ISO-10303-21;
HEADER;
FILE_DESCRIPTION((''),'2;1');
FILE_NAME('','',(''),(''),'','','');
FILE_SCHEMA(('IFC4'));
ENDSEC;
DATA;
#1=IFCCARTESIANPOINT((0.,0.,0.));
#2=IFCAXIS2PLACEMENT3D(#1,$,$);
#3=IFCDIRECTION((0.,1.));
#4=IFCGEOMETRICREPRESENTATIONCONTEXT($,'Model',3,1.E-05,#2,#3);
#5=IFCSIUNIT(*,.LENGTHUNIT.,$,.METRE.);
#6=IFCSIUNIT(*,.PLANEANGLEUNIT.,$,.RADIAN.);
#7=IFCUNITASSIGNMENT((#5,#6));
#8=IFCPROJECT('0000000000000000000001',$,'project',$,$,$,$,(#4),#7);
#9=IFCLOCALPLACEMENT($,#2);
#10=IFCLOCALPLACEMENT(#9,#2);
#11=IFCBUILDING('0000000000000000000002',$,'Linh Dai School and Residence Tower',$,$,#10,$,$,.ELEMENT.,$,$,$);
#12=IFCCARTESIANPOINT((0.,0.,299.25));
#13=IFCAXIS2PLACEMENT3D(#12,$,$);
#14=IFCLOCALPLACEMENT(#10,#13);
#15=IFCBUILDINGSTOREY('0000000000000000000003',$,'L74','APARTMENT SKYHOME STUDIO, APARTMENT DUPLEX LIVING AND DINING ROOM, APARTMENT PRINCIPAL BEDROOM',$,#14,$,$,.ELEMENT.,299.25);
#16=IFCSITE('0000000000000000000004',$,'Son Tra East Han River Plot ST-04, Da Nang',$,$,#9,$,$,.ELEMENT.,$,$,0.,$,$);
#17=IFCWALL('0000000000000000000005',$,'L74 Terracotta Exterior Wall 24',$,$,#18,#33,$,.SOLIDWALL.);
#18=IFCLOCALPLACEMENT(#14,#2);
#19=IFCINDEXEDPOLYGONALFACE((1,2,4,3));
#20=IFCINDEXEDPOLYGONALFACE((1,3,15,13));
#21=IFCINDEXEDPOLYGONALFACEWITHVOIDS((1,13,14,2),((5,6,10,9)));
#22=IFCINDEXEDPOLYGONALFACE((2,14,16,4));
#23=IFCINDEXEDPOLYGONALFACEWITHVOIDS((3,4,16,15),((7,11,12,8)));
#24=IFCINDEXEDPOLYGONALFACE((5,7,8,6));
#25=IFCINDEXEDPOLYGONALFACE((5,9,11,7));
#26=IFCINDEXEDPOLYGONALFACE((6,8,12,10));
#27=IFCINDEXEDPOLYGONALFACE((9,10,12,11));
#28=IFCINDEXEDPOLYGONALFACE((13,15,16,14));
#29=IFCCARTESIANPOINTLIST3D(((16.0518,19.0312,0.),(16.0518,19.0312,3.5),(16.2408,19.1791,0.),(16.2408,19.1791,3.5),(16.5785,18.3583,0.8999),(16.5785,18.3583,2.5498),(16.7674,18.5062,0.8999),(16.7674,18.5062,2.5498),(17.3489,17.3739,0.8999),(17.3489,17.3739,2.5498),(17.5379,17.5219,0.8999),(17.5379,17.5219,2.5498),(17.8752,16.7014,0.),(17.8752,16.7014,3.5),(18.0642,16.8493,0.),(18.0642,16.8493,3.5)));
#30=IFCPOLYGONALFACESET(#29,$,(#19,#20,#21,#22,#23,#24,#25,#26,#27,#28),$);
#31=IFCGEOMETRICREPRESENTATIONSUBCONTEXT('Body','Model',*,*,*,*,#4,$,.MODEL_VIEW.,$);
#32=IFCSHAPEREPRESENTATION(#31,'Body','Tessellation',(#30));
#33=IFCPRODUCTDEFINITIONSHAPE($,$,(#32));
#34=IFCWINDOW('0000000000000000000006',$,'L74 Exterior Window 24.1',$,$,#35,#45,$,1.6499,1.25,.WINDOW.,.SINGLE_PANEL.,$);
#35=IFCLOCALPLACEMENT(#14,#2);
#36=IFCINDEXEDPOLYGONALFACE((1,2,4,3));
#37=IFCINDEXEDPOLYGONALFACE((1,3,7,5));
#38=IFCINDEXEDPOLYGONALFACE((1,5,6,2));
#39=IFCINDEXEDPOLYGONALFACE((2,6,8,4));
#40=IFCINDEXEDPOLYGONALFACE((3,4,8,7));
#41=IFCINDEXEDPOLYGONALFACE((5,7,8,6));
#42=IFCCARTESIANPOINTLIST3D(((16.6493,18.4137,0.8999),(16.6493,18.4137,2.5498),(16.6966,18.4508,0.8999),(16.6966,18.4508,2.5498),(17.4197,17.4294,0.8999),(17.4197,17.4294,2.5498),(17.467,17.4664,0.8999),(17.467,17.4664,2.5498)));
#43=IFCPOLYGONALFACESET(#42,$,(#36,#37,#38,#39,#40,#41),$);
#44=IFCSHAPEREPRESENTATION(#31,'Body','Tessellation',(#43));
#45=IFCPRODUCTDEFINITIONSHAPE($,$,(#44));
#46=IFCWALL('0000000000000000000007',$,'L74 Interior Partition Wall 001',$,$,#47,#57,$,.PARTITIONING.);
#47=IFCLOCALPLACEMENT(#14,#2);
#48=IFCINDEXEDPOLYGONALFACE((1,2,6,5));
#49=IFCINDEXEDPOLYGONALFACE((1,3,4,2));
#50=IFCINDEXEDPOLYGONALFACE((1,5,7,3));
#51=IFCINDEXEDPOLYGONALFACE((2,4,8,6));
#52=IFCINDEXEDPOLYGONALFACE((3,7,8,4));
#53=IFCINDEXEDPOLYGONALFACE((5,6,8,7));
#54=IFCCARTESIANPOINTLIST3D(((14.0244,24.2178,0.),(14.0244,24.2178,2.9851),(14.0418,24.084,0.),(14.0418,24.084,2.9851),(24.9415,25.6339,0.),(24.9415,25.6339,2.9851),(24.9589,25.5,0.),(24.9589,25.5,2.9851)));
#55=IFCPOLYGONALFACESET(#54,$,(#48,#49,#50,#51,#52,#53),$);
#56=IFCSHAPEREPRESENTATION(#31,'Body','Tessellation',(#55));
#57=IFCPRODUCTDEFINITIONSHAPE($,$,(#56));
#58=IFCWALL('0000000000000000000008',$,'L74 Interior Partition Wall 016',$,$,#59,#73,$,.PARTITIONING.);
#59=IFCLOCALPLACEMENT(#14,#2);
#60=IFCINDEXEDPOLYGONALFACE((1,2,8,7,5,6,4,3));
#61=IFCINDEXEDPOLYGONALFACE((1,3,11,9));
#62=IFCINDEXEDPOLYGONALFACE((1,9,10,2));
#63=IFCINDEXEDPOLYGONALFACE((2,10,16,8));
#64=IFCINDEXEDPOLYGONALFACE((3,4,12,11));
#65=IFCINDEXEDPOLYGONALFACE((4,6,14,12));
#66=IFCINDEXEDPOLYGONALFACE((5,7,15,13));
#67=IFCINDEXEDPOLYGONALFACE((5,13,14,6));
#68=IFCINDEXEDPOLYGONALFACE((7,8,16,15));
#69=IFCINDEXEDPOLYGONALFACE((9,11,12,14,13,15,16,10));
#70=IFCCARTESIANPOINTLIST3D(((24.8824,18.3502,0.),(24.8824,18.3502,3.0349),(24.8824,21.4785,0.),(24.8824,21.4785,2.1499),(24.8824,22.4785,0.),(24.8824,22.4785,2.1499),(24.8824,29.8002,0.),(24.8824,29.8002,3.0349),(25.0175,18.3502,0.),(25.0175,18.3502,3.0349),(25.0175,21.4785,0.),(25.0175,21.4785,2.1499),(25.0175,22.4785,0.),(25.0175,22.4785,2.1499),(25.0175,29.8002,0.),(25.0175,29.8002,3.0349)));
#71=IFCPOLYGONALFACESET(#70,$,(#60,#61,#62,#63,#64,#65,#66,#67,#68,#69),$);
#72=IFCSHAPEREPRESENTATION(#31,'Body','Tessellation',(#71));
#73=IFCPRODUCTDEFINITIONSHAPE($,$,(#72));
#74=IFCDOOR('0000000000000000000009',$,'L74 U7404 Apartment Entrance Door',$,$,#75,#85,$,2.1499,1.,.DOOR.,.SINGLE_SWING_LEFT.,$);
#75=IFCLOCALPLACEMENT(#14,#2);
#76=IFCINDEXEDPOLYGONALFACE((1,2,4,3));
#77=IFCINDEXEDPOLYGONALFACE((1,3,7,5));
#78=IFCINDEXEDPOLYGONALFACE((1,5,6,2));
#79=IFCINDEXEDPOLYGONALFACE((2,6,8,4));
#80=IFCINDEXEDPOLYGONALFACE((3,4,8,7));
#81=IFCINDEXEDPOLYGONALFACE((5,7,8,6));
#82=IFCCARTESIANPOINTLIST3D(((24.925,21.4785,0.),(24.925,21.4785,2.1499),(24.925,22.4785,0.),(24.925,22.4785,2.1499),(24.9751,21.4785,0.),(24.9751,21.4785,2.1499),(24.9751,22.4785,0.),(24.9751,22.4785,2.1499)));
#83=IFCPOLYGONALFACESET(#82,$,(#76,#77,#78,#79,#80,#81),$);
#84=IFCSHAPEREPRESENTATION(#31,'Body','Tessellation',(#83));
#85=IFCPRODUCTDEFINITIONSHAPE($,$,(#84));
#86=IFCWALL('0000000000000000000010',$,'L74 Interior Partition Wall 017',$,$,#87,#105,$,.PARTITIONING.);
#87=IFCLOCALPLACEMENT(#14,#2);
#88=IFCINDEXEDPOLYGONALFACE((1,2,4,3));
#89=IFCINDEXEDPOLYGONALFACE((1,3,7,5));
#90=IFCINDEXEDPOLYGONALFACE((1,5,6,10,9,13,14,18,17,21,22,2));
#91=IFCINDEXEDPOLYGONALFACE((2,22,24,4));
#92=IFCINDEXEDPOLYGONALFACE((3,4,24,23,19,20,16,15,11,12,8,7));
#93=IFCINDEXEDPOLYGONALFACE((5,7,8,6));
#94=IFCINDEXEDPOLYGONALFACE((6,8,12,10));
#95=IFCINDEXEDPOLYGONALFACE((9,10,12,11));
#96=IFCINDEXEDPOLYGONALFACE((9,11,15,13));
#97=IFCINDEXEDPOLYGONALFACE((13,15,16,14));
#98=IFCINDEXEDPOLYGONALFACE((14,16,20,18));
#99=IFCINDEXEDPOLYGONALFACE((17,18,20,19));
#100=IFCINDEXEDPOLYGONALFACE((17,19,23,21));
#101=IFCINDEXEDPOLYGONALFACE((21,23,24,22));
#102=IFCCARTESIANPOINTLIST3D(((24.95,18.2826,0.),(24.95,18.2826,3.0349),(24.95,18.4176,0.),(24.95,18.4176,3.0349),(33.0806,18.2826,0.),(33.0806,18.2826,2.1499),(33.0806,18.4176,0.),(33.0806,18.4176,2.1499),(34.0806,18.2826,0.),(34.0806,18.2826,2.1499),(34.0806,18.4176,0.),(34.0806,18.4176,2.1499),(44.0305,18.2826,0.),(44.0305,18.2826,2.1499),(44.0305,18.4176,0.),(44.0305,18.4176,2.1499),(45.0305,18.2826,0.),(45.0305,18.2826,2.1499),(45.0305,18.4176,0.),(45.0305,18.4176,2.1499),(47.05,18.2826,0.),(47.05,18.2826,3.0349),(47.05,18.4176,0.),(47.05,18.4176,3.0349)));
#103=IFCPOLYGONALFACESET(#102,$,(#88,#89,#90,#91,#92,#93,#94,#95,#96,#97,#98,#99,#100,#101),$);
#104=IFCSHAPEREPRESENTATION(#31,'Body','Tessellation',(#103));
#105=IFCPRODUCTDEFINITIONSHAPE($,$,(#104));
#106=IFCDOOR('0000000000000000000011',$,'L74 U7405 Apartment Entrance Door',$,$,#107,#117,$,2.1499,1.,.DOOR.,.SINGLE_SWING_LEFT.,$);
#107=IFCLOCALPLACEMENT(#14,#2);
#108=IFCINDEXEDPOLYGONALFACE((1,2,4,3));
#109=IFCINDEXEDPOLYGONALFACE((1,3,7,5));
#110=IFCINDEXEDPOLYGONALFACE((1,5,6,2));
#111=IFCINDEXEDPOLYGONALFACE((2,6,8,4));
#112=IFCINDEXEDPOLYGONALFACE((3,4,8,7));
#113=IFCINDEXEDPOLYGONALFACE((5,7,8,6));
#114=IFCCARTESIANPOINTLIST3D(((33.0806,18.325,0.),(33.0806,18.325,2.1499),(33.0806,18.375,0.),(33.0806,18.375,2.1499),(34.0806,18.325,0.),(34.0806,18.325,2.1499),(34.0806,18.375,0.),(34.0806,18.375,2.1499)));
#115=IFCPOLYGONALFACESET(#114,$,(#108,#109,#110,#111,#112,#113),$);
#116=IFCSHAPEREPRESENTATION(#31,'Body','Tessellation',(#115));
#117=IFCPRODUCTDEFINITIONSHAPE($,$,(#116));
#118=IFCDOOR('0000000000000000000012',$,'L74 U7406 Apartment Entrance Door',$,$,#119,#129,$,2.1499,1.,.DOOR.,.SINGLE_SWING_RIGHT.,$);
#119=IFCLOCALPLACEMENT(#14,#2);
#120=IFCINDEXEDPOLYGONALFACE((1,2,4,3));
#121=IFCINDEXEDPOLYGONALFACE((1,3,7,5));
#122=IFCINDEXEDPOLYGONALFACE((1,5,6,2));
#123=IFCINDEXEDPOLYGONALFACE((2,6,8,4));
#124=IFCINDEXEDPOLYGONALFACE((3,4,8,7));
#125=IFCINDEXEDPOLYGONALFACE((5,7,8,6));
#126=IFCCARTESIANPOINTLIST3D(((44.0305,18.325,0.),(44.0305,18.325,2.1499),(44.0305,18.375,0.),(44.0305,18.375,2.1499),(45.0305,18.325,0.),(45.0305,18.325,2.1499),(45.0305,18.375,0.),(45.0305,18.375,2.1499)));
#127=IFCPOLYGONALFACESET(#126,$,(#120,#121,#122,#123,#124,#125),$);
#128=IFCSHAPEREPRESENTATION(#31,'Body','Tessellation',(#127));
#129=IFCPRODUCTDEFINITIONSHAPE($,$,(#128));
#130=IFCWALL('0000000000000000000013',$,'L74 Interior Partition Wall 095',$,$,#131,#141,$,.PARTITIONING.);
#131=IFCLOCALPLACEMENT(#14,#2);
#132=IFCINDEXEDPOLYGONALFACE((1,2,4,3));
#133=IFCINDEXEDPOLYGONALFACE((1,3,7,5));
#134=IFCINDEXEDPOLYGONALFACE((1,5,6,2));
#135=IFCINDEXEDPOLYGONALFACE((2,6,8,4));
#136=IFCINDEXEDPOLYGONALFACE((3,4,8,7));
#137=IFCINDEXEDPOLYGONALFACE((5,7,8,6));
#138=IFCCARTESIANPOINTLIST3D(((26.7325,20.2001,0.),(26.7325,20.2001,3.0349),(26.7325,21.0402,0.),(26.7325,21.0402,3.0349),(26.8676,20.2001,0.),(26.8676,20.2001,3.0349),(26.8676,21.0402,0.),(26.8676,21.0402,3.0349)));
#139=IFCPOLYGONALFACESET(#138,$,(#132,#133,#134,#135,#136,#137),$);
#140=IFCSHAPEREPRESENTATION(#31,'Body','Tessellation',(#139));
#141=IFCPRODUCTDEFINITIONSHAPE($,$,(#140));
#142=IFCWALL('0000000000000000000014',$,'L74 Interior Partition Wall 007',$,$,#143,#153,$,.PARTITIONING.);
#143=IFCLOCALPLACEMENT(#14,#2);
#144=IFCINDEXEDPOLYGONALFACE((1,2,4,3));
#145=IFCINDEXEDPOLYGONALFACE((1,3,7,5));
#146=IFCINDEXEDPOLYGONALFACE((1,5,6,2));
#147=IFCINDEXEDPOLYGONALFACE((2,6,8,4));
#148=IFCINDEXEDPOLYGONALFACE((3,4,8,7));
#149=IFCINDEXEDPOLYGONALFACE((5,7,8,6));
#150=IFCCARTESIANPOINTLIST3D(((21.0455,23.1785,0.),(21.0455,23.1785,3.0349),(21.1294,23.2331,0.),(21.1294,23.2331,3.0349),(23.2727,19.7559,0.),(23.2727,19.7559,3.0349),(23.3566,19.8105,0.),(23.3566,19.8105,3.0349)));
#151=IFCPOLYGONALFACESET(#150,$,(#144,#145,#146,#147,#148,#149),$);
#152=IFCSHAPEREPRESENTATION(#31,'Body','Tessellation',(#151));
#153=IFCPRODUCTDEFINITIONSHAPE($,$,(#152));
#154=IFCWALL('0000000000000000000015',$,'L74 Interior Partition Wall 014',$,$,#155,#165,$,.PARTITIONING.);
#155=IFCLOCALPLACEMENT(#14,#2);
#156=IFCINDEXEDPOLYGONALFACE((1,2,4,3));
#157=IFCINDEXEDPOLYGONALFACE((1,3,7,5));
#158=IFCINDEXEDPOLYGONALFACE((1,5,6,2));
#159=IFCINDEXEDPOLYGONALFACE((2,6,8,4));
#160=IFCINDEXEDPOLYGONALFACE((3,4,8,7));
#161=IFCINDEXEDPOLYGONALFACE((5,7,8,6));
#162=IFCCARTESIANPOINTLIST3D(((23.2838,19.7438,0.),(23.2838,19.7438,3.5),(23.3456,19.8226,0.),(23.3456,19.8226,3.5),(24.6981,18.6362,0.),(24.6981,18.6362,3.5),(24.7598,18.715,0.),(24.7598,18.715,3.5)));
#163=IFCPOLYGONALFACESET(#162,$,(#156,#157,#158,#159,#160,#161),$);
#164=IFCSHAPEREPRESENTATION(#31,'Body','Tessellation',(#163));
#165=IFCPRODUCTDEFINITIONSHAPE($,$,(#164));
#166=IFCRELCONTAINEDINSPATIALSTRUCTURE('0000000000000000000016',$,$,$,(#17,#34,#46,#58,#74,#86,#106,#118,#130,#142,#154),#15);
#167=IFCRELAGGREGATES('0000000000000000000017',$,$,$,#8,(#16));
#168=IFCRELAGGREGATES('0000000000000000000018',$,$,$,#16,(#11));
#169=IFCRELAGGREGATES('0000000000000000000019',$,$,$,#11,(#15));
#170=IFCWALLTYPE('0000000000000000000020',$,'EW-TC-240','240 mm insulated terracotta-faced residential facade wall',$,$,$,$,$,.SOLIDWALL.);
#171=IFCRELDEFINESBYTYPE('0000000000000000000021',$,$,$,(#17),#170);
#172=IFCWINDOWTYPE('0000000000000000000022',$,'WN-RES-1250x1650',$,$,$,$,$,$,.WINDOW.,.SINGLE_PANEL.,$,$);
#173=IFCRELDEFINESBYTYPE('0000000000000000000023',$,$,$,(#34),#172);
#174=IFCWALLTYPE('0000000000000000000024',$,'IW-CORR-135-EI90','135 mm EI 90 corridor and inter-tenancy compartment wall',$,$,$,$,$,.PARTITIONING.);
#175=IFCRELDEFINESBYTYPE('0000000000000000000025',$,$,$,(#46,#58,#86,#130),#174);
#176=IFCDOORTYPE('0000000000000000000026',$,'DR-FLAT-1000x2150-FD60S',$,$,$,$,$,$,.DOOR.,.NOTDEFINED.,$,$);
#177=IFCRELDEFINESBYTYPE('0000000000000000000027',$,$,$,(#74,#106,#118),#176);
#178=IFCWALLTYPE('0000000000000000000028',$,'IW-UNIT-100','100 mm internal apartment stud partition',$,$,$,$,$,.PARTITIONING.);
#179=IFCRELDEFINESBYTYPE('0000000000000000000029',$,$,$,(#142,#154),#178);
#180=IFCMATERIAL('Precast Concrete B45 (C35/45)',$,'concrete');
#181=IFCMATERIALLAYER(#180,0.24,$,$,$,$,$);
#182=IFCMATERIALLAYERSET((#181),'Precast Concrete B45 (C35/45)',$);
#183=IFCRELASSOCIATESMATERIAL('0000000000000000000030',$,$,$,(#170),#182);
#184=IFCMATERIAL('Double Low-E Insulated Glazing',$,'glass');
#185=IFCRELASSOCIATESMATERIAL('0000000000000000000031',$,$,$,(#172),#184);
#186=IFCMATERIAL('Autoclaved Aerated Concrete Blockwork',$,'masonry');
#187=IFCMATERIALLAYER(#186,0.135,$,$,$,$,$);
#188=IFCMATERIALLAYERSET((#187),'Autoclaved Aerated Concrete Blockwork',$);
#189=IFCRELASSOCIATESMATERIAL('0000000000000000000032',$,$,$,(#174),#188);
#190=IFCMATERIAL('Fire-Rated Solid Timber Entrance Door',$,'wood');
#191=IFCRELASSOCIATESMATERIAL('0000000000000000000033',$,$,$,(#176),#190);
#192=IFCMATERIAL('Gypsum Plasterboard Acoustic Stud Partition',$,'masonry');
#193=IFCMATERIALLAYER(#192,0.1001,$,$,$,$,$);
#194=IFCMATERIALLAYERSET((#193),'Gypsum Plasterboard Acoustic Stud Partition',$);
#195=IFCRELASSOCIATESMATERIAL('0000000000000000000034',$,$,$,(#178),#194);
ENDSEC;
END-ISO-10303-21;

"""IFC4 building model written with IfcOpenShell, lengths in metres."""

from ifc_helpers import new_model, si_unit, direction, frame, frame_2d, origin, origin_2d, place, context, subcontext, project, spatial, rectangle, extrude, source, transform, mapped, material, layer, layer_set, type_object, element, fill, save


model = new_model("IFC4")

# Units and contexts
model_context = context("Model", 3, precision=1e-05, world=origin(), true_north=direction((0.0, 1.0)))
body_context = subcontext(model_context, "Body", "Model", "MODEL_VIEW")
ifc_project = project(units=[si_unit("LENGTHUNIT", "METRE"), si_unit("PLANEANGLEUNIT", "RADIAN")], contexts=[model_context])

# Site, building, storey
site_placement = place(None, origin())
site = spatial("IfcSite", under=ifc_project, at=site_placement, Name="Son Tra East Han River Plot ST-04, Da Nang", CompositionType="ELEMENT", RefElevation=0.0)
building_placement = place(site_placement, origin())
building = spatial("IfcBuilding", under=site, at=building_placement, Name="Linh Dai School and Residence Tower", CompositionType="ELEMENT")
storey_placement = place(building_placement, frame((0.0, 0.0, 299.25)))
storey = spatial("IfcBuildingStorey", under=building, at=storey_placement, Name="L74", Description="APARTMENT SKYHOME STUDIO, APARTMENT DUPLEX LIVING AND DINING ROOM, APARTMENT PRINCIPAL BEDROOM", CompositionType="ELEMENT", Elevation=299.25)

# Shared definitions
ifc_material_1 = material(Name="Precast Concrete B45 (C35/45)", Category="concrete")

# Shared definitions
ifc_layer_1 = layer(ifc_material_1, 0.24)
ifc_layer_set_1 = layer_set([ifc_layer_1], Name="Precast Concrete B45 (C35/45)")
wall_type_1 = type_object("IfcWallType", Name="EW-TC-240", Description="240 mm insulated terracotta-faced residential facade wall", PredefinedType="SOLIDWALL", material=ifc_layer_set_1)

# Wall, opening, window
wall_1_placement = place(storey_placement, frame((17.9697, 16.7754, 0.0), z_axis=(0.0, 0.0, 1.0), x_axis=(-0.616337, 0.787482, 0.0)))
wall_1 = element("IfcWall", 1, at=wall_1_placement, inside=storey, type_object=wall_type_1, Name="L74 Terracotta Exterior Wall 24", PredefinedType="SOLIDWALL", context=body_context, shape_type="SweptSolid", body=[
    extrude(rectangle(XDim=2.9585, YDim=0.24, at=frame_2d((1.4792, 0.0))), origin(), (0.0, 0.0, 1.0), 3.5),
])
opening_1_placement = place(wall_1_placement, frame((0.854, 0.0, 0.8999)))
opening_1 = element("IfcOpeningElement", 2, at=opening_1_placement, cuts=wall_1, PredefinedType="OPENING", context=body_context, shape_type="SweptSolid", body=[
    extrude(rectangle(XDim=1.25, YDim=1.6499, at=origin_2d()), frame((0.625, 0.1299, 0.825), z_axis=(0.0, -1.0, 0.0), x_axis=(1.0, 0.0, 0.0)), (0.0, 0.0, 1.0), 0.26),
])
ifc_material_2 = material(Name="Double Low-E Insulated Glazing", Category="glass")
window_type = type_object("IfcWindowType", Name="WN-RES-1250x1650", PartitioningType="SINGLE_PANEL", PredefinedType="WINDOW", material=ifc_material_2)
shared_shape_1 = source(origin(), body_context, "Body", "SweptSolid", [
    extrude(rectangle(XDim=1.25, YDim=1.6499, at=origin_2d()), frame((0.625, 0.03, 0.825), z_axis=(0.0, -1.0, 0.0), x_axis=(1.0, 0.0, 0.0)), (0.0, 0.0, 1.0), 0.0601),
])
window_placement = place(opening_1_placement, origin())
window = element("IfcWindow", 3, at=window_placement, inside=storey, type_object=window_type, Name="L74 Exterior Window 24.1", OverallHeight=1.6499, OverallWidth=1.25, PartitioningType="SINGLE_PANEL", PredefinedType="WINDOW", context=body_context, shape_type="MappedRepresentation", body=[
    mapped(shared_shape_1, transform((0.0, 0.0, 0.0), x_axis=(1.0, 0.0, 0.0), y_axis=(0.0, 1.0, 0.0), z_axis=(0.0, 0.0, 1.0), scale=1.0)),
])
fill(opening_1, window)

# Wall
ifc_material_3 = material(Name="Autoclaved Aerated Concrete Blockwork", Category="masonry")
ifc_layer_2 = layer(ifc_material_3, 0.135)
ifc_layer_set_2 = layer_set([ifc_layer_2], Name="Autoclaved Aerated Concrete Blockwork")
wall_type_2 = type_object("IfcWallType", Name="IW-CORR-135-EI90", Description="135 mm EI 90 corridor and inter-tenancy compartment wall", PredefinedType="PARTITIONING", material=ifc_layer_set_2)
wall_2_placement = place(storey_placement, frame((14.033, 24.1509, 0.0), z_axis=(0.0, 0.0, 1.0), x_axis=(0.991693, 0.12863, 0.0)))
element("IfcWall", 4, at=wall_2_placement, inside=storey, type_object=wall_type_2, Name="L74 Interior Partition Wall 001", PredefinedType="PARTITIONING", context=body_context, shape_type="SweptSolid", body=[
    extrude(rectangle(XDim=11.0085, YDim=0.135, at=frame_2d((5.5044, 0.0))), origin(), (0.0, 0.0, 1.0), 2.9851),
])

# Wall, opening, door
wall_3_placement = place(storey_placement, frame((24.95, 18.3501, 0.0), z_axis=(0.0, 0.0, 1.0), x_axis=(0.0, 1.0, 0.0)))
wall_3 = element("IfcWall", 5, at=wall_3_placement, inside=storey, type_object=wall_type_2, Name="L74 Interior Partition Wall 016", PredefinedType="PARTITIONING", context=body_context, shape_type="SweptSolid", body=[
    extrude(rectangle(XDim=11.45, YDim=0.135, at=frame_2d((5.7251, 0.0))), origin(), (0.0, 0.0, 1.0), 3.0349),
])
opening_2_placement = place(wall_3_placement, frame((3.1284, 0.0, 0.0)))
opening_2 = element("IfcOpeningElement", 6, at=opening_2_placement, cuts=wall_3, PredefinedType="OPENING", context=body_context, shape_type="SweptSolid", body=[
    extrude(rectangle(XDim=1.0, YDim=2.1499, at=origin_2d()), frame((0.5, 0.0776, 1.075), z_axis=(0.0, -1.0, 0.0), x_axis=(1.0, 0.0, 0.0)), (0.0, 0.0, 1.0), 0.155),
])
ifc_material_4 = material(Name="Fire-Rated Solid Timber Entrance Door", Category="wood")
door_type = type_object("IfcDoorType", Name="DR-FLAT-1000x2150-FD60S", OperationType="NOTDEFINED", PredefinedType="DOOR", material=ifc_material_4)
shared_shape_2 = source(origin(), body_context, "Body", "SweptSolid", [
    extrude(rectangle(XDim=1.0, YDim=2.1499, at=origin_2d()), frame((0.5, 0.0249, 1.075), z_axis=(0.0, -1.0, 0.0), x_axis=(1.0, 0.0, 0.0)), (0.0, 0.0, 1.0), 0.05),
])
door_1_placement = place(opening_2_placement, origin())
door_1 = element("IfcDoor", 7, at=door_1_placement, inside=storey, type_object=door_type, Name="L74 U7404 Apartment Entrance Door", OperationType="SINGLE_SWING_LEFT", OverallHeight=2.1499, OverallWidth=1.0, PredefinedType="DOOR", context=body_context, shape_type="MappedRepresentation", body=[
    mapped(shared_shape_2, transform((0.0, 0.0, 0.0), x_axis=(1.0, 0.0, 0.0), y_axis=(0.0, 1.0, 0.0), z_axis=(0.0, 0.0, 1.0), scale=1.0)),
])
fill(opening_2, door_1)

# Wall, openings, doors
wall_4_placement = place(storey_placement, frame((24.95, 18.3501, 0.0), z_axis=(0.0, 0.0, 1.0), x_axis=(1.0, 0.0, 0.0)))
wall_4 = element("IfcWall", 8, at=wall_4_placement, inside=storey, type_object=wall_type_2, Name="L74 Interior Partition Wall 017", PredefinedType="PARTITIONING", context=body_context, shape_type="SweptSolid", body=[
    extrude(rectangle(XDim=22.1001, YDim=0.135, at=frame_2d((11.05, 0.0))), origin(), (0.0, 0.0, 1.0), 3.0349),
])
opening_3_placement = place(wall_4_placement, frame((8.1306, 0.0, 0.0)))
opening_3 = element("IfcOpeningElement", 9, at=opening_3_placement, cuts=wall_4, PredefinedType="OPENING", context=body_context, shape_type="SweptSolid", body=[
    extrude(rectangle(XDim=1.0, YDim=2.1499, at=origin_2d()), frame((0.5, 0.0776, 1.075), z_axis=(0.0, -1.0, 0.0), x_axis=(1.0, 0.0, 0.0)), (0.0, 0.0, 1.0), 0.155),
])
opening_4_placement = place(wall_4_placement, frame((19.0806, 0.0, 0.0)))
opening_4 = element("IfcOpeningElement", 10, at=opening_4_placement, cuts=wall_4, PredefinedType="OPENING", context=body_context, shape_type="SweptSolid", body=[
    extrude(rectangle(XDim=1.0, YDim=2.1499, at=origin_2d()), frame((0.5, 0.0776, 1.075), z_axis=(0.0, -1.0, 0.0), x_axis=(1.0, 0.0, 0.0)), (0.0, 0.0, 1.0), 0.155),
])
door_2_placement = place(opening_3_placement, origin())
door_2 = element("IfcDoor", 11, at=door_2_placement, inside=storey, type_object=door_type, Name="L74 U7405 Apartment Entrance Door", OperationType="SINGLE_SWING_LEFT", OverallHeight=2.1499, OverallWidth=1.0, PredefinedType="DOOR", context=body_context, shape_type="MappedRepresentation", body=[
    mapped(shared_shape_2, transform((0.0, 0.0, 0.0), x_axis=(1.0, 0.0, 0.0), y_axis=(0.0, 1.0, 0.0), z_axis=(0.0, 0.0, 1.0), scale=1.0)),
])
fill(opening_3, door_2)
door_3_placement = place(opening_4_placement, origin())
door_3 = element("IfcDoor", 12, at=door_3_placement, inside=storey, type_object=door_type, Name="L74 U7406 Apartment Entrance Door", OperationType="SINGLE_SWING_RIGHT", OverallHeight=2.1499, OverallWidth=1.0, PredefinedType="DOOR", context=body_context, shape_type="MappedRepresentation", body=[
    mapped(shared_shape_2, transform((0.0, 0.0, 0.0), x_axis=(1.0, 0.0, 0.0), y_axis=(0.0, 1.0, 0.0), z_axis=(0.0, 0.0, 1.0), scale=1.0)),
])
fill(opening_4, door_3)

# Walls
wall_5_placement = place(storey_placement, frame((26.8, 21.04, 0.0), z_axis=(0.0, 0.0, 1.0), x_axis=(0.0, -1.0, 0.0)))
element("IfcWall", 13, at=wall_5_placement, inside=storey, type_object=wall_type_2, Name="L74 Interior Partition Wall 095", PredefinedType="PARTITIONING", context=body_context, shape_type="SweptSolid", body=[
    extrude(rectangle(XDim=0.8401, YDim=0.135, at=frame_2d((0.4199, 0.0))), origin(), (0.0, 0.0, 1.0), 3.0349),
])
ifc_material_5 = material(Name="Gypsum Plasterboard Acoustic Stud Partition", Category="masonry")
ifc_layer_3 = layer(ifc_material_5, 0.1001)
ifc_layer_set_3 = layer_set([ifc_layer_3], Name="Gypsum Plasterboard Acoustic Stud Partition")
wall_type_3 = type_object("IfcWallType", Name="IW-UNIT-100", Description="100 mm internal apartment stud partition", PredefinedType="PARTITIONING", material=ifc_layer_set_3)
wall_6_placement = place(storey_placement, frame((21.0874, 23.2058, 0.0), z_axis=(0.0, 0.0, 1.0), x_axis=(0.545436, -0.838153, 0.0)))
element("IfcWall", 14, at=wall_6_placement, inside=storey, type_object=wall_type_3, Name="L74 Interior Partition Wall 007", PredefinedType="PARTITIONING", context=body_context, shape_type="SweptSolid", body=[
    extrude(rectangle(XDim=4.0835, YDim=0.1001, at=frame_2d((2.0417, 0.0))), origin(), (0.0, 0.0, 1.0), 3.0349),
])
wall_7_placement = place(storey_placement, frame((23.3147, 19.7832, 0.0), z_axis=(0.0, 0.0, 1.0), x_axis=(0.787284, -0.61659, 0.0)))
element("IfcWall", 15, at=wall_7_placement, inside=storey, type_object=wall_type_3, Name="L74 Interior Partition Wall 014", PredefinedType="PARTITIONING", context=body_context, shape_type="SweptSolid", body=[
    extrude(rectangle(XDim=1.7964, YDim=0.1001, at=frame_2d((0.8982, 0.0))), origin(), (0.0, 0.0, 1.0), 3.5),
])

save(model, "model.ifc")
